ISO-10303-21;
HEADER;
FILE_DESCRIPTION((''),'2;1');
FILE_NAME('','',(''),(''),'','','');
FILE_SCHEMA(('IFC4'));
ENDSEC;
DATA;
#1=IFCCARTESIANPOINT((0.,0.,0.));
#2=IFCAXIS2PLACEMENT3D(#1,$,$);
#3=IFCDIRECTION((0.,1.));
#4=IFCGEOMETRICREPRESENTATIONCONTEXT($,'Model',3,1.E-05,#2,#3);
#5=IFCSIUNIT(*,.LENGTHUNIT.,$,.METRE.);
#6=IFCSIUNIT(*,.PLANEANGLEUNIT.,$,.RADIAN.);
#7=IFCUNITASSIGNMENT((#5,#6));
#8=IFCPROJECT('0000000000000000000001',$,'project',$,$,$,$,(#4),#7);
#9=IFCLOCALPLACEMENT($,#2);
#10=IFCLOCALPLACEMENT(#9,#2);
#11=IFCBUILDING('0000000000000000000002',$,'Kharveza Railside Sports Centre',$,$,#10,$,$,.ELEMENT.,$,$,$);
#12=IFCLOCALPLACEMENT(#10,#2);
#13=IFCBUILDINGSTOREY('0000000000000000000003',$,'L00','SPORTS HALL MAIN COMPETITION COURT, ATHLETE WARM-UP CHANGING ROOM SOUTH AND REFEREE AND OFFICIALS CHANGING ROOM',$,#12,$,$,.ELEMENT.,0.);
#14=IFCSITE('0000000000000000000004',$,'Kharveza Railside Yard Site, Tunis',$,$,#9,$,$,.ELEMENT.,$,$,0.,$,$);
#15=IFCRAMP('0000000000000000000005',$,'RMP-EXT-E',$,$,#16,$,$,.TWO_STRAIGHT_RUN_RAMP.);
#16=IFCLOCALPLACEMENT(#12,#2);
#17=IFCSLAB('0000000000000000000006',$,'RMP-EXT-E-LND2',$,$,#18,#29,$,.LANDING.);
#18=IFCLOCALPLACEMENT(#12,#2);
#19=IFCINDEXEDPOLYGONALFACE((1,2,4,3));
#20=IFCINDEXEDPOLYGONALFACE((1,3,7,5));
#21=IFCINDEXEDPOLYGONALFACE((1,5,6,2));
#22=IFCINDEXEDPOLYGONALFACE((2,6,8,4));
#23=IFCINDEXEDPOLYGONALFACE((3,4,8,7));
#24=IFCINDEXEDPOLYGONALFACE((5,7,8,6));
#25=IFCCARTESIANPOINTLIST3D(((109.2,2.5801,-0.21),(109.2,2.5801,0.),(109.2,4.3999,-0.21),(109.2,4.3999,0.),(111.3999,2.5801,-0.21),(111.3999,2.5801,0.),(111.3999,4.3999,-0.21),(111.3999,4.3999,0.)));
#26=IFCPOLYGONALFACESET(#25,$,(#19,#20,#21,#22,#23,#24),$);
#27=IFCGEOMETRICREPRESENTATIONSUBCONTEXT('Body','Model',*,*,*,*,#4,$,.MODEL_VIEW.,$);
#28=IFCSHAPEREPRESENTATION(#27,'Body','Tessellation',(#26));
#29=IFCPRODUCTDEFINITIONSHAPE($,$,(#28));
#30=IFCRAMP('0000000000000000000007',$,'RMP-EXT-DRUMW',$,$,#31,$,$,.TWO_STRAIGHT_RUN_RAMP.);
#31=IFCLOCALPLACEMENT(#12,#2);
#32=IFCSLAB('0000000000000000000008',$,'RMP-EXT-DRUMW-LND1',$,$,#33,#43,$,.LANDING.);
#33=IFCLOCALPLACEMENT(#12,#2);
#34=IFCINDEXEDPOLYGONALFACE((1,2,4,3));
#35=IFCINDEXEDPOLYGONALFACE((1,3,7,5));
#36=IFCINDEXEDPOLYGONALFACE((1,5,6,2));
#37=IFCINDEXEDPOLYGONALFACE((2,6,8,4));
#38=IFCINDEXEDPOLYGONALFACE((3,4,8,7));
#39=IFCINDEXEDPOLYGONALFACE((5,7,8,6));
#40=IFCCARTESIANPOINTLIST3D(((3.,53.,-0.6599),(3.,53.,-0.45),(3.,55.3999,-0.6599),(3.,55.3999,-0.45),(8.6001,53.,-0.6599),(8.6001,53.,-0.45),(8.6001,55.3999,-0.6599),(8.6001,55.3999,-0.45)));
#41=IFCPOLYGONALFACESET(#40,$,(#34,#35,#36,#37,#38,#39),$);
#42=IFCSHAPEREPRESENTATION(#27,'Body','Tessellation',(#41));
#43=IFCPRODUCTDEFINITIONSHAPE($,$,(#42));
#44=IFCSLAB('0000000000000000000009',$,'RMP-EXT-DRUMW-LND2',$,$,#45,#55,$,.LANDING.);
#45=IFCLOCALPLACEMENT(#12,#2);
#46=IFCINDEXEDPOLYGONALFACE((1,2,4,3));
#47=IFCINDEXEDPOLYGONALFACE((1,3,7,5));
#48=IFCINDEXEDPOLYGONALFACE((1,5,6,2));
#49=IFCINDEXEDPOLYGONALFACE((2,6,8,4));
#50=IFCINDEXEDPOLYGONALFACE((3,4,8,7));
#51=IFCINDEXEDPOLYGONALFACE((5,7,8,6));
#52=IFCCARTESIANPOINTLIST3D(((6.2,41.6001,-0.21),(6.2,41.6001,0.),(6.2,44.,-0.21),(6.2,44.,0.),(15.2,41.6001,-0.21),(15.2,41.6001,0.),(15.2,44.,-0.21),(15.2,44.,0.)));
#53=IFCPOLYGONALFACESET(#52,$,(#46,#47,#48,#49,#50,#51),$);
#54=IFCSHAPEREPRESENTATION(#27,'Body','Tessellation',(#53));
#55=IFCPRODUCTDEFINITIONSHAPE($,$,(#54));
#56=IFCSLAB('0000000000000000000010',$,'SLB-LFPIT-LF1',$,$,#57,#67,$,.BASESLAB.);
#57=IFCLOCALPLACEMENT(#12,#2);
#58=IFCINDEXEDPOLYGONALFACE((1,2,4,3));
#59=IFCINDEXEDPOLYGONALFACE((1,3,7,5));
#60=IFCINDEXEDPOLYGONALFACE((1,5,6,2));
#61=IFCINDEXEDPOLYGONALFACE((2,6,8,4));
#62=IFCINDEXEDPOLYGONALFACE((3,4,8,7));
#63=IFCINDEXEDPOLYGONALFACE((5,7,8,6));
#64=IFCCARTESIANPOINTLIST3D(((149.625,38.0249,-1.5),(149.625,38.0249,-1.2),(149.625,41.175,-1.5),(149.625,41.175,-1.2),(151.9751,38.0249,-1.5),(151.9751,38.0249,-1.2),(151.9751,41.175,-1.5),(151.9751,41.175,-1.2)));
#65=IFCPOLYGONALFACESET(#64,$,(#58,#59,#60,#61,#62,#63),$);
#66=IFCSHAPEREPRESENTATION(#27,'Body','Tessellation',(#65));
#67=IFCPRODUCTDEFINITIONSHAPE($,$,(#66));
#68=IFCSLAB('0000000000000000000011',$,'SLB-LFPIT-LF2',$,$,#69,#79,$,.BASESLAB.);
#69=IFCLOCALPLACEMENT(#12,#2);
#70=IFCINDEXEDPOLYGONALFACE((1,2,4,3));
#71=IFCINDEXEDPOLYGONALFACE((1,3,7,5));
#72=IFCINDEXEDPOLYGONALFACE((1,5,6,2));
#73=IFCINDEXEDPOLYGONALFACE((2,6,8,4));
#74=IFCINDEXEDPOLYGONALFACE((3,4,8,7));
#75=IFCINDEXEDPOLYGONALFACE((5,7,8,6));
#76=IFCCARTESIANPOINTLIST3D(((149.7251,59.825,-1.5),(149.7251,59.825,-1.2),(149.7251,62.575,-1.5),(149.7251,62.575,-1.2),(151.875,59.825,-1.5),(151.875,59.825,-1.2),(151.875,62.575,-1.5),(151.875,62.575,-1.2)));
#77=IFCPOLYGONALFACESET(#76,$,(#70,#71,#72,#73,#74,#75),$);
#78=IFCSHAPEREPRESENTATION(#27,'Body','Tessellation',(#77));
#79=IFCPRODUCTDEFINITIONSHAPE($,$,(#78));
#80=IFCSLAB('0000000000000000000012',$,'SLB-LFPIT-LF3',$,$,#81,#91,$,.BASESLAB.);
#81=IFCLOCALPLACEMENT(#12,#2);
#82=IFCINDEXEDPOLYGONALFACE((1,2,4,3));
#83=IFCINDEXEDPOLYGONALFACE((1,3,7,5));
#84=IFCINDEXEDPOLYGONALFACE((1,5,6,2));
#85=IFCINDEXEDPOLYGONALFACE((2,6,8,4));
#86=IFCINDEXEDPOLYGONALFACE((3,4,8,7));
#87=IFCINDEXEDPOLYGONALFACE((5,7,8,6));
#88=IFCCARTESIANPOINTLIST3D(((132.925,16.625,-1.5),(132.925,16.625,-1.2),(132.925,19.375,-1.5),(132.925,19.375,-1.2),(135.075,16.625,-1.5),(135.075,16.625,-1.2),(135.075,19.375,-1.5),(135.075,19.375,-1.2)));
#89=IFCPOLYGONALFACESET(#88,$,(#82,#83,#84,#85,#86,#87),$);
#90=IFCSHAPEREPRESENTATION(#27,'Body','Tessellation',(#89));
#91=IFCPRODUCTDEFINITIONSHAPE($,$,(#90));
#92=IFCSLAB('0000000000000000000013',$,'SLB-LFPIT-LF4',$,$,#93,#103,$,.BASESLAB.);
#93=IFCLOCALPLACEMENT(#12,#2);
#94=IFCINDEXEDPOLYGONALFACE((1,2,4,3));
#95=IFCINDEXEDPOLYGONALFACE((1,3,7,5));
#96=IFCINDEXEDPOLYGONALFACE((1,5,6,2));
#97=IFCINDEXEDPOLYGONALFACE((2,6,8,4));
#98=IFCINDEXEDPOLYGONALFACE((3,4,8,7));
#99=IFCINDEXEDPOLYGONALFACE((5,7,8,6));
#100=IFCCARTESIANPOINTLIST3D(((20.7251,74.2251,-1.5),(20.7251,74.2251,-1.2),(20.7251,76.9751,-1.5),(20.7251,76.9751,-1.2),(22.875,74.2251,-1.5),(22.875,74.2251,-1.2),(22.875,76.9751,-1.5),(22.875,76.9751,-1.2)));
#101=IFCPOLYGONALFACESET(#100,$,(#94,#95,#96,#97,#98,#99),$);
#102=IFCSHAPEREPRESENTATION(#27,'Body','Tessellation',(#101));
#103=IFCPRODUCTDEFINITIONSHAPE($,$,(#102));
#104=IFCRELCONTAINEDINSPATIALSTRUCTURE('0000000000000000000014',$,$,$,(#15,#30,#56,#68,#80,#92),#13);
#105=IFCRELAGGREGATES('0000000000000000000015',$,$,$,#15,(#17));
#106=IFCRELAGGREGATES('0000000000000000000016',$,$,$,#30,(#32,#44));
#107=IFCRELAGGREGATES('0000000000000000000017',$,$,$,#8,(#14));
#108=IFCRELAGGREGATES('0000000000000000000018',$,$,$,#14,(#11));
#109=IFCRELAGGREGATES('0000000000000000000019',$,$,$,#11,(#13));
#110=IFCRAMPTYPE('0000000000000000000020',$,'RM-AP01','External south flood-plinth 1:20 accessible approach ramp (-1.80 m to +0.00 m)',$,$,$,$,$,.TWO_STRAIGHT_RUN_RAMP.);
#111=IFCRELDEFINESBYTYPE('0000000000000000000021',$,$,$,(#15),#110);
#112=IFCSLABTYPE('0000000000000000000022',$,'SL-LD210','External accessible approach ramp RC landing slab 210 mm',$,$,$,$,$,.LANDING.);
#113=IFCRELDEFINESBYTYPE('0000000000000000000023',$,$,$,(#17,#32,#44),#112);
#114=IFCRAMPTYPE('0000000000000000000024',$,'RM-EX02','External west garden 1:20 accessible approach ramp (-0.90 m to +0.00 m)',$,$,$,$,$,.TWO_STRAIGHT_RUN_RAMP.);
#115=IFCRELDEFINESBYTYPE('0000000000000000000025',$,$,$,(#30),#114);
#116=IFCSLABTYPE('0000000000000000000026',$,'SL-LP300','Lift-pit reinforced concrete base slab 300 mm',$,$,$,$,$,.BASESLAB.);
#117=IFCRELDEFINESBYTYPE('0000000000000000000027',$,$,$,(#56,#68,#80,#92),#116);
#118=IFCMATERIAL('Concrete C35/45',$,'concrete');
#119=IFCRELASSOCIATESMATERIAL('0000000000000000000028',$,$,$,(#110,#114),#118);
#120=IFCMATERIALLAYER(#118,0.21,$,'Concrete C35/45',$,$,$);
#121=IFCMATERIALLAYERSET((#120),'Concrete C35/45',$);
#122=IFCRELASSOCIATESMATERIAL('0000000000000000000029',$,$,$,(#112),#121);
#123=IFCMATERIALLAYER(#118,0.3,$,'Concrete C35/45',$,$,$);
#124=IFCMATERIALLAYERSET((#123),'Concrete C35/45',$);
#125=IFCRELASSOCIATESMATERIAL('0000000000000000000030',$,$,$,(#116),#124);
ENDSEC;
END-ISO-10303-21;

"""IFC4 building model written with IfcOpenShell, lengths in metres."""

from ifc_helpers import new_model, si_unit, direction, frame, origin, place, context, subcontext, project, spatial, polyline, outline, extrude, material, layer, layer_set, type_object, element, aggregate, save


model = new_model("IFC4")

# Units and contexts
model_context = context("Model", 3, precision=1e-05, world=origin(), true_north=direction((0.0, 1.0)))
body_context = subcontext(model_context, "Body", "Model", "MODEL_VIEW")
ifc_project = project(units=[si_unit("LENGTHUNIT", "METRE"), si_unit("PLANEANGLEUNIT", "RADIAN")], contexts=[model_context])

# Site, building, storey
site_placement = place(None, origin())
site = spatial("IfcSite", under=ifc_project, at=site_placement, Name="Kharveza Railside Yard Site, Tunis", CompositionType="ELEMENT", RefElevation=0.0)
building_placement = place(site_placement, origin())
building = spatial("IfcBuilding", under=site, at=building_placement, Name="Kharveza Railside Sports Centre", CompositionType="ELEMENT")
storey_placement = place(building_placement, origin())
storey = spatial("IfcBuildingStorey", under=building, at=storey_placement, Name="L00", Description="SPORTS HALL MAIN COMPETITION COURT, ATHLETE WARM-UP CHANGING ROOM SOUTH AND REFEREE AND OFFICIALS CHANGING ROOM", CompositionType="ELEMENT", Elevation=0.0)

# Shared definitions
ifc_material_1 = material(Name="Concrete C35/45", Category="concrete")

# Ramps, slabs
ramp_type_1 = type_object("IfcRampType", Name="RM-AP01", Description="External south flood-plinth 1:20 accessible approach ramp (-1.80 m to +0.00 m)", PredefinedType="TWO_STRAIGHT_RUN_RAMP", material=ifc_material_1)
ramp_1_placement = place(storey_placement, origin())
ramp_1 = element("IfcRamp", 1, at=ramp_1_placement, inside=storey, type_object=ramp_type_1, Name="RMP-EXT-E", PredefinedType="TWO_STRAIGHT_RUN_RAMP")
ifc_layer_1 = layer(ifc_material_1, 0.21, Name="Concrete C35/45")
ifc_layer_set_1 = layer_set([ifc_layer_1], Name="Concrete C35/45")
slab_type_1 = type_object("IfcSlabType", Name="SL-LD210", Description="External accessible approach ramp RC landing slab 210 mm", PredefinedType="LANDING", material=ifc_layer_set_1)
slab_1_placement = place(storey_placement, frame((0.0, 0.0, -0.21)))
slab_1 = element("IfcSlab", 2, at=slab_1_placement, type_object=slab_type_1, Name="RMP-EXT-E-LND2", PredefinedType="LANDING", context=body_context, shape_type="SweptSolid", body=[
    extrude(outline(polyline([(109.2, 2.5801), (111.3999, 2.5801), (111.3999, 4.3999), (109.2, 4.3999), (109.2, 2.5801)])), origin(), (0.0, 0.0, 1.0), 0.21),
])
aggregate(ramp_1, [slab_1])
ramp_type_2 = type_object("IfcRampType", Name="RM-EX02", Description="External west garden 1:20 accessible approach ramp (-0.90 m to +0.00 m)", PredefinedType="TWO_STRAIGHT_RUN_RAMP", material=ifc_material_1)
ramp_2_placement = place(storey_placement, origin())
ramp_2 = element("IfcRamp", 3, at=ramp_2_placement, inside=storey, type_object=ramp_type_2, Name="RMP-EXT-DRUMW", PredefinedType="TWO_STRAIGHT_RUN_RAMP")
slab_2_placement = place(storey_placement, frame((0.0, 0.0, -0.6599)))
slab_2 = element("IfcSlab", 4, at=slab_2_placement, type_object=slab_type_1, Name="RMP-EXT-DRUMW-LND1", PredefinedType="LANDING", context=body_context, shape_type="SweptSolid", body=[
    extrude(outline(polyline([(3.0, 53.0), (8.6001, 53.0), (8.6001, 55.3999), (3.0, 55.3999), (3.0, 53.0)])), origin(), (0.0, 0.0, 1.0), 0.21),
])
slab_3_placement = place(storey_placement, frame((0.0, 0.0, -0.21)))
slab_3 = element("IfcSlab", 5, at=slab_3_placement, type_object=slab_type_1, Name="RMP-EXT-DRUMW-LND2", PredefinedType="LANDING", context=body_context, shape_type="SweptSolid", body=[
    extrude(outline(polyline([(6.2, 41.6001), (15.2, 41.6001), (15.2, 44.0), (6.2, 44.0), (6.2, 41.6001)])), origin(), (0.0, 0.0, 1.0), 0.21),
])
aggregate(ramp_2, [slab_2, slab_3])

# Slabs
ifc_layer_2 = layer(ifc_material_1, 0.3, Name="Concrete C35/45")
ifc_layer_set_2 = layer_set([ifc_layer_2], Name="Concrete C35/45")
slab_type_2 = type_object("IfcSlabType", Name="SL-LP300", Description="Lift-pit reinforced concrete base slab 300 mm", PredefinedType="BASESLAB", material=ifc_layer_set_2)
slab_4_placement = place(storey_placement, frame((0.0, 0.0, -1.5)))
element("IfcSlab", 6, at=slab_4_placement, inside=storey, type_object=slab_type_2, Name="SLB-LFPIT-LF1", PredefinedType="BASESLAB", context=body_context, shape_type="SweptSolid", body=[
    extrude(outline(polyline([(149.625, 38.0249), (151.9751, 38.0249), (151.9751, 41.175), (149.625, 41.175), (149.625, 38.0249)])), origin(), (0.0, 0.0, 1.0), 0.3),
])
slab_5_placement = place(storey_placement, frame((0.0, 0.0, -1.5)))
element("IfcSlab", 7, at=slab_5_placement, inside=storey, type_object=slab_type_2, Name="SLB-LFPIT-LF2", PredefinedType="BASESLAB", context=body_context, shape_type="SweptSolid", body=[
    extrude(outline(polyline([(149.7251, 59.825), (151.875, 59.825), (151.875, 62.575), (149.7251, 62.575), (149.7251, 59.825)])), origin(), (0.0, 0.0, 1.0), 0.3),
])
slab_6_placement = place(storey_placement, frame((0.0, 0.0, -1.5)))
element("IfcSlab", 8, at=slab_6_placement, inside=storey, type_object=slab_type_2, Name="SLB-LFPIT-LF3", PredefinedType="BASESLAB", context=body_context, shape_type="SweptSolid", body=[
    extrude(outline(polyline([(132.925, 16.625), (135.075, 16.625), (135.075, 19.375), (132.925, 19.375), (132.925, 16.625)])), origin(), (0.0, 0.0, 1.0), 0.3),
])
slab_7_placement = place(storey_placement, frame((0.0, 0.0, -1.5)))
element("IfcSlab", 9, at=slab_7_placement, inside=storey, type_object=slab_type_2, Name="SLB-LFPIT-LF4", PredefinedType="BASESLAB", context=body_context, shape_type="SweptSolid", body=[
    extrude(outline(polyline([(20.7251, 74.2251), (22.875, 74.2251), (22.875, 76.9751), (20.7251, 76.9751), (20.7251, 74.2251)])), origin(), (0.0, 0.0, 1.0), 0.3),
])

save(model, "model.ifc")
